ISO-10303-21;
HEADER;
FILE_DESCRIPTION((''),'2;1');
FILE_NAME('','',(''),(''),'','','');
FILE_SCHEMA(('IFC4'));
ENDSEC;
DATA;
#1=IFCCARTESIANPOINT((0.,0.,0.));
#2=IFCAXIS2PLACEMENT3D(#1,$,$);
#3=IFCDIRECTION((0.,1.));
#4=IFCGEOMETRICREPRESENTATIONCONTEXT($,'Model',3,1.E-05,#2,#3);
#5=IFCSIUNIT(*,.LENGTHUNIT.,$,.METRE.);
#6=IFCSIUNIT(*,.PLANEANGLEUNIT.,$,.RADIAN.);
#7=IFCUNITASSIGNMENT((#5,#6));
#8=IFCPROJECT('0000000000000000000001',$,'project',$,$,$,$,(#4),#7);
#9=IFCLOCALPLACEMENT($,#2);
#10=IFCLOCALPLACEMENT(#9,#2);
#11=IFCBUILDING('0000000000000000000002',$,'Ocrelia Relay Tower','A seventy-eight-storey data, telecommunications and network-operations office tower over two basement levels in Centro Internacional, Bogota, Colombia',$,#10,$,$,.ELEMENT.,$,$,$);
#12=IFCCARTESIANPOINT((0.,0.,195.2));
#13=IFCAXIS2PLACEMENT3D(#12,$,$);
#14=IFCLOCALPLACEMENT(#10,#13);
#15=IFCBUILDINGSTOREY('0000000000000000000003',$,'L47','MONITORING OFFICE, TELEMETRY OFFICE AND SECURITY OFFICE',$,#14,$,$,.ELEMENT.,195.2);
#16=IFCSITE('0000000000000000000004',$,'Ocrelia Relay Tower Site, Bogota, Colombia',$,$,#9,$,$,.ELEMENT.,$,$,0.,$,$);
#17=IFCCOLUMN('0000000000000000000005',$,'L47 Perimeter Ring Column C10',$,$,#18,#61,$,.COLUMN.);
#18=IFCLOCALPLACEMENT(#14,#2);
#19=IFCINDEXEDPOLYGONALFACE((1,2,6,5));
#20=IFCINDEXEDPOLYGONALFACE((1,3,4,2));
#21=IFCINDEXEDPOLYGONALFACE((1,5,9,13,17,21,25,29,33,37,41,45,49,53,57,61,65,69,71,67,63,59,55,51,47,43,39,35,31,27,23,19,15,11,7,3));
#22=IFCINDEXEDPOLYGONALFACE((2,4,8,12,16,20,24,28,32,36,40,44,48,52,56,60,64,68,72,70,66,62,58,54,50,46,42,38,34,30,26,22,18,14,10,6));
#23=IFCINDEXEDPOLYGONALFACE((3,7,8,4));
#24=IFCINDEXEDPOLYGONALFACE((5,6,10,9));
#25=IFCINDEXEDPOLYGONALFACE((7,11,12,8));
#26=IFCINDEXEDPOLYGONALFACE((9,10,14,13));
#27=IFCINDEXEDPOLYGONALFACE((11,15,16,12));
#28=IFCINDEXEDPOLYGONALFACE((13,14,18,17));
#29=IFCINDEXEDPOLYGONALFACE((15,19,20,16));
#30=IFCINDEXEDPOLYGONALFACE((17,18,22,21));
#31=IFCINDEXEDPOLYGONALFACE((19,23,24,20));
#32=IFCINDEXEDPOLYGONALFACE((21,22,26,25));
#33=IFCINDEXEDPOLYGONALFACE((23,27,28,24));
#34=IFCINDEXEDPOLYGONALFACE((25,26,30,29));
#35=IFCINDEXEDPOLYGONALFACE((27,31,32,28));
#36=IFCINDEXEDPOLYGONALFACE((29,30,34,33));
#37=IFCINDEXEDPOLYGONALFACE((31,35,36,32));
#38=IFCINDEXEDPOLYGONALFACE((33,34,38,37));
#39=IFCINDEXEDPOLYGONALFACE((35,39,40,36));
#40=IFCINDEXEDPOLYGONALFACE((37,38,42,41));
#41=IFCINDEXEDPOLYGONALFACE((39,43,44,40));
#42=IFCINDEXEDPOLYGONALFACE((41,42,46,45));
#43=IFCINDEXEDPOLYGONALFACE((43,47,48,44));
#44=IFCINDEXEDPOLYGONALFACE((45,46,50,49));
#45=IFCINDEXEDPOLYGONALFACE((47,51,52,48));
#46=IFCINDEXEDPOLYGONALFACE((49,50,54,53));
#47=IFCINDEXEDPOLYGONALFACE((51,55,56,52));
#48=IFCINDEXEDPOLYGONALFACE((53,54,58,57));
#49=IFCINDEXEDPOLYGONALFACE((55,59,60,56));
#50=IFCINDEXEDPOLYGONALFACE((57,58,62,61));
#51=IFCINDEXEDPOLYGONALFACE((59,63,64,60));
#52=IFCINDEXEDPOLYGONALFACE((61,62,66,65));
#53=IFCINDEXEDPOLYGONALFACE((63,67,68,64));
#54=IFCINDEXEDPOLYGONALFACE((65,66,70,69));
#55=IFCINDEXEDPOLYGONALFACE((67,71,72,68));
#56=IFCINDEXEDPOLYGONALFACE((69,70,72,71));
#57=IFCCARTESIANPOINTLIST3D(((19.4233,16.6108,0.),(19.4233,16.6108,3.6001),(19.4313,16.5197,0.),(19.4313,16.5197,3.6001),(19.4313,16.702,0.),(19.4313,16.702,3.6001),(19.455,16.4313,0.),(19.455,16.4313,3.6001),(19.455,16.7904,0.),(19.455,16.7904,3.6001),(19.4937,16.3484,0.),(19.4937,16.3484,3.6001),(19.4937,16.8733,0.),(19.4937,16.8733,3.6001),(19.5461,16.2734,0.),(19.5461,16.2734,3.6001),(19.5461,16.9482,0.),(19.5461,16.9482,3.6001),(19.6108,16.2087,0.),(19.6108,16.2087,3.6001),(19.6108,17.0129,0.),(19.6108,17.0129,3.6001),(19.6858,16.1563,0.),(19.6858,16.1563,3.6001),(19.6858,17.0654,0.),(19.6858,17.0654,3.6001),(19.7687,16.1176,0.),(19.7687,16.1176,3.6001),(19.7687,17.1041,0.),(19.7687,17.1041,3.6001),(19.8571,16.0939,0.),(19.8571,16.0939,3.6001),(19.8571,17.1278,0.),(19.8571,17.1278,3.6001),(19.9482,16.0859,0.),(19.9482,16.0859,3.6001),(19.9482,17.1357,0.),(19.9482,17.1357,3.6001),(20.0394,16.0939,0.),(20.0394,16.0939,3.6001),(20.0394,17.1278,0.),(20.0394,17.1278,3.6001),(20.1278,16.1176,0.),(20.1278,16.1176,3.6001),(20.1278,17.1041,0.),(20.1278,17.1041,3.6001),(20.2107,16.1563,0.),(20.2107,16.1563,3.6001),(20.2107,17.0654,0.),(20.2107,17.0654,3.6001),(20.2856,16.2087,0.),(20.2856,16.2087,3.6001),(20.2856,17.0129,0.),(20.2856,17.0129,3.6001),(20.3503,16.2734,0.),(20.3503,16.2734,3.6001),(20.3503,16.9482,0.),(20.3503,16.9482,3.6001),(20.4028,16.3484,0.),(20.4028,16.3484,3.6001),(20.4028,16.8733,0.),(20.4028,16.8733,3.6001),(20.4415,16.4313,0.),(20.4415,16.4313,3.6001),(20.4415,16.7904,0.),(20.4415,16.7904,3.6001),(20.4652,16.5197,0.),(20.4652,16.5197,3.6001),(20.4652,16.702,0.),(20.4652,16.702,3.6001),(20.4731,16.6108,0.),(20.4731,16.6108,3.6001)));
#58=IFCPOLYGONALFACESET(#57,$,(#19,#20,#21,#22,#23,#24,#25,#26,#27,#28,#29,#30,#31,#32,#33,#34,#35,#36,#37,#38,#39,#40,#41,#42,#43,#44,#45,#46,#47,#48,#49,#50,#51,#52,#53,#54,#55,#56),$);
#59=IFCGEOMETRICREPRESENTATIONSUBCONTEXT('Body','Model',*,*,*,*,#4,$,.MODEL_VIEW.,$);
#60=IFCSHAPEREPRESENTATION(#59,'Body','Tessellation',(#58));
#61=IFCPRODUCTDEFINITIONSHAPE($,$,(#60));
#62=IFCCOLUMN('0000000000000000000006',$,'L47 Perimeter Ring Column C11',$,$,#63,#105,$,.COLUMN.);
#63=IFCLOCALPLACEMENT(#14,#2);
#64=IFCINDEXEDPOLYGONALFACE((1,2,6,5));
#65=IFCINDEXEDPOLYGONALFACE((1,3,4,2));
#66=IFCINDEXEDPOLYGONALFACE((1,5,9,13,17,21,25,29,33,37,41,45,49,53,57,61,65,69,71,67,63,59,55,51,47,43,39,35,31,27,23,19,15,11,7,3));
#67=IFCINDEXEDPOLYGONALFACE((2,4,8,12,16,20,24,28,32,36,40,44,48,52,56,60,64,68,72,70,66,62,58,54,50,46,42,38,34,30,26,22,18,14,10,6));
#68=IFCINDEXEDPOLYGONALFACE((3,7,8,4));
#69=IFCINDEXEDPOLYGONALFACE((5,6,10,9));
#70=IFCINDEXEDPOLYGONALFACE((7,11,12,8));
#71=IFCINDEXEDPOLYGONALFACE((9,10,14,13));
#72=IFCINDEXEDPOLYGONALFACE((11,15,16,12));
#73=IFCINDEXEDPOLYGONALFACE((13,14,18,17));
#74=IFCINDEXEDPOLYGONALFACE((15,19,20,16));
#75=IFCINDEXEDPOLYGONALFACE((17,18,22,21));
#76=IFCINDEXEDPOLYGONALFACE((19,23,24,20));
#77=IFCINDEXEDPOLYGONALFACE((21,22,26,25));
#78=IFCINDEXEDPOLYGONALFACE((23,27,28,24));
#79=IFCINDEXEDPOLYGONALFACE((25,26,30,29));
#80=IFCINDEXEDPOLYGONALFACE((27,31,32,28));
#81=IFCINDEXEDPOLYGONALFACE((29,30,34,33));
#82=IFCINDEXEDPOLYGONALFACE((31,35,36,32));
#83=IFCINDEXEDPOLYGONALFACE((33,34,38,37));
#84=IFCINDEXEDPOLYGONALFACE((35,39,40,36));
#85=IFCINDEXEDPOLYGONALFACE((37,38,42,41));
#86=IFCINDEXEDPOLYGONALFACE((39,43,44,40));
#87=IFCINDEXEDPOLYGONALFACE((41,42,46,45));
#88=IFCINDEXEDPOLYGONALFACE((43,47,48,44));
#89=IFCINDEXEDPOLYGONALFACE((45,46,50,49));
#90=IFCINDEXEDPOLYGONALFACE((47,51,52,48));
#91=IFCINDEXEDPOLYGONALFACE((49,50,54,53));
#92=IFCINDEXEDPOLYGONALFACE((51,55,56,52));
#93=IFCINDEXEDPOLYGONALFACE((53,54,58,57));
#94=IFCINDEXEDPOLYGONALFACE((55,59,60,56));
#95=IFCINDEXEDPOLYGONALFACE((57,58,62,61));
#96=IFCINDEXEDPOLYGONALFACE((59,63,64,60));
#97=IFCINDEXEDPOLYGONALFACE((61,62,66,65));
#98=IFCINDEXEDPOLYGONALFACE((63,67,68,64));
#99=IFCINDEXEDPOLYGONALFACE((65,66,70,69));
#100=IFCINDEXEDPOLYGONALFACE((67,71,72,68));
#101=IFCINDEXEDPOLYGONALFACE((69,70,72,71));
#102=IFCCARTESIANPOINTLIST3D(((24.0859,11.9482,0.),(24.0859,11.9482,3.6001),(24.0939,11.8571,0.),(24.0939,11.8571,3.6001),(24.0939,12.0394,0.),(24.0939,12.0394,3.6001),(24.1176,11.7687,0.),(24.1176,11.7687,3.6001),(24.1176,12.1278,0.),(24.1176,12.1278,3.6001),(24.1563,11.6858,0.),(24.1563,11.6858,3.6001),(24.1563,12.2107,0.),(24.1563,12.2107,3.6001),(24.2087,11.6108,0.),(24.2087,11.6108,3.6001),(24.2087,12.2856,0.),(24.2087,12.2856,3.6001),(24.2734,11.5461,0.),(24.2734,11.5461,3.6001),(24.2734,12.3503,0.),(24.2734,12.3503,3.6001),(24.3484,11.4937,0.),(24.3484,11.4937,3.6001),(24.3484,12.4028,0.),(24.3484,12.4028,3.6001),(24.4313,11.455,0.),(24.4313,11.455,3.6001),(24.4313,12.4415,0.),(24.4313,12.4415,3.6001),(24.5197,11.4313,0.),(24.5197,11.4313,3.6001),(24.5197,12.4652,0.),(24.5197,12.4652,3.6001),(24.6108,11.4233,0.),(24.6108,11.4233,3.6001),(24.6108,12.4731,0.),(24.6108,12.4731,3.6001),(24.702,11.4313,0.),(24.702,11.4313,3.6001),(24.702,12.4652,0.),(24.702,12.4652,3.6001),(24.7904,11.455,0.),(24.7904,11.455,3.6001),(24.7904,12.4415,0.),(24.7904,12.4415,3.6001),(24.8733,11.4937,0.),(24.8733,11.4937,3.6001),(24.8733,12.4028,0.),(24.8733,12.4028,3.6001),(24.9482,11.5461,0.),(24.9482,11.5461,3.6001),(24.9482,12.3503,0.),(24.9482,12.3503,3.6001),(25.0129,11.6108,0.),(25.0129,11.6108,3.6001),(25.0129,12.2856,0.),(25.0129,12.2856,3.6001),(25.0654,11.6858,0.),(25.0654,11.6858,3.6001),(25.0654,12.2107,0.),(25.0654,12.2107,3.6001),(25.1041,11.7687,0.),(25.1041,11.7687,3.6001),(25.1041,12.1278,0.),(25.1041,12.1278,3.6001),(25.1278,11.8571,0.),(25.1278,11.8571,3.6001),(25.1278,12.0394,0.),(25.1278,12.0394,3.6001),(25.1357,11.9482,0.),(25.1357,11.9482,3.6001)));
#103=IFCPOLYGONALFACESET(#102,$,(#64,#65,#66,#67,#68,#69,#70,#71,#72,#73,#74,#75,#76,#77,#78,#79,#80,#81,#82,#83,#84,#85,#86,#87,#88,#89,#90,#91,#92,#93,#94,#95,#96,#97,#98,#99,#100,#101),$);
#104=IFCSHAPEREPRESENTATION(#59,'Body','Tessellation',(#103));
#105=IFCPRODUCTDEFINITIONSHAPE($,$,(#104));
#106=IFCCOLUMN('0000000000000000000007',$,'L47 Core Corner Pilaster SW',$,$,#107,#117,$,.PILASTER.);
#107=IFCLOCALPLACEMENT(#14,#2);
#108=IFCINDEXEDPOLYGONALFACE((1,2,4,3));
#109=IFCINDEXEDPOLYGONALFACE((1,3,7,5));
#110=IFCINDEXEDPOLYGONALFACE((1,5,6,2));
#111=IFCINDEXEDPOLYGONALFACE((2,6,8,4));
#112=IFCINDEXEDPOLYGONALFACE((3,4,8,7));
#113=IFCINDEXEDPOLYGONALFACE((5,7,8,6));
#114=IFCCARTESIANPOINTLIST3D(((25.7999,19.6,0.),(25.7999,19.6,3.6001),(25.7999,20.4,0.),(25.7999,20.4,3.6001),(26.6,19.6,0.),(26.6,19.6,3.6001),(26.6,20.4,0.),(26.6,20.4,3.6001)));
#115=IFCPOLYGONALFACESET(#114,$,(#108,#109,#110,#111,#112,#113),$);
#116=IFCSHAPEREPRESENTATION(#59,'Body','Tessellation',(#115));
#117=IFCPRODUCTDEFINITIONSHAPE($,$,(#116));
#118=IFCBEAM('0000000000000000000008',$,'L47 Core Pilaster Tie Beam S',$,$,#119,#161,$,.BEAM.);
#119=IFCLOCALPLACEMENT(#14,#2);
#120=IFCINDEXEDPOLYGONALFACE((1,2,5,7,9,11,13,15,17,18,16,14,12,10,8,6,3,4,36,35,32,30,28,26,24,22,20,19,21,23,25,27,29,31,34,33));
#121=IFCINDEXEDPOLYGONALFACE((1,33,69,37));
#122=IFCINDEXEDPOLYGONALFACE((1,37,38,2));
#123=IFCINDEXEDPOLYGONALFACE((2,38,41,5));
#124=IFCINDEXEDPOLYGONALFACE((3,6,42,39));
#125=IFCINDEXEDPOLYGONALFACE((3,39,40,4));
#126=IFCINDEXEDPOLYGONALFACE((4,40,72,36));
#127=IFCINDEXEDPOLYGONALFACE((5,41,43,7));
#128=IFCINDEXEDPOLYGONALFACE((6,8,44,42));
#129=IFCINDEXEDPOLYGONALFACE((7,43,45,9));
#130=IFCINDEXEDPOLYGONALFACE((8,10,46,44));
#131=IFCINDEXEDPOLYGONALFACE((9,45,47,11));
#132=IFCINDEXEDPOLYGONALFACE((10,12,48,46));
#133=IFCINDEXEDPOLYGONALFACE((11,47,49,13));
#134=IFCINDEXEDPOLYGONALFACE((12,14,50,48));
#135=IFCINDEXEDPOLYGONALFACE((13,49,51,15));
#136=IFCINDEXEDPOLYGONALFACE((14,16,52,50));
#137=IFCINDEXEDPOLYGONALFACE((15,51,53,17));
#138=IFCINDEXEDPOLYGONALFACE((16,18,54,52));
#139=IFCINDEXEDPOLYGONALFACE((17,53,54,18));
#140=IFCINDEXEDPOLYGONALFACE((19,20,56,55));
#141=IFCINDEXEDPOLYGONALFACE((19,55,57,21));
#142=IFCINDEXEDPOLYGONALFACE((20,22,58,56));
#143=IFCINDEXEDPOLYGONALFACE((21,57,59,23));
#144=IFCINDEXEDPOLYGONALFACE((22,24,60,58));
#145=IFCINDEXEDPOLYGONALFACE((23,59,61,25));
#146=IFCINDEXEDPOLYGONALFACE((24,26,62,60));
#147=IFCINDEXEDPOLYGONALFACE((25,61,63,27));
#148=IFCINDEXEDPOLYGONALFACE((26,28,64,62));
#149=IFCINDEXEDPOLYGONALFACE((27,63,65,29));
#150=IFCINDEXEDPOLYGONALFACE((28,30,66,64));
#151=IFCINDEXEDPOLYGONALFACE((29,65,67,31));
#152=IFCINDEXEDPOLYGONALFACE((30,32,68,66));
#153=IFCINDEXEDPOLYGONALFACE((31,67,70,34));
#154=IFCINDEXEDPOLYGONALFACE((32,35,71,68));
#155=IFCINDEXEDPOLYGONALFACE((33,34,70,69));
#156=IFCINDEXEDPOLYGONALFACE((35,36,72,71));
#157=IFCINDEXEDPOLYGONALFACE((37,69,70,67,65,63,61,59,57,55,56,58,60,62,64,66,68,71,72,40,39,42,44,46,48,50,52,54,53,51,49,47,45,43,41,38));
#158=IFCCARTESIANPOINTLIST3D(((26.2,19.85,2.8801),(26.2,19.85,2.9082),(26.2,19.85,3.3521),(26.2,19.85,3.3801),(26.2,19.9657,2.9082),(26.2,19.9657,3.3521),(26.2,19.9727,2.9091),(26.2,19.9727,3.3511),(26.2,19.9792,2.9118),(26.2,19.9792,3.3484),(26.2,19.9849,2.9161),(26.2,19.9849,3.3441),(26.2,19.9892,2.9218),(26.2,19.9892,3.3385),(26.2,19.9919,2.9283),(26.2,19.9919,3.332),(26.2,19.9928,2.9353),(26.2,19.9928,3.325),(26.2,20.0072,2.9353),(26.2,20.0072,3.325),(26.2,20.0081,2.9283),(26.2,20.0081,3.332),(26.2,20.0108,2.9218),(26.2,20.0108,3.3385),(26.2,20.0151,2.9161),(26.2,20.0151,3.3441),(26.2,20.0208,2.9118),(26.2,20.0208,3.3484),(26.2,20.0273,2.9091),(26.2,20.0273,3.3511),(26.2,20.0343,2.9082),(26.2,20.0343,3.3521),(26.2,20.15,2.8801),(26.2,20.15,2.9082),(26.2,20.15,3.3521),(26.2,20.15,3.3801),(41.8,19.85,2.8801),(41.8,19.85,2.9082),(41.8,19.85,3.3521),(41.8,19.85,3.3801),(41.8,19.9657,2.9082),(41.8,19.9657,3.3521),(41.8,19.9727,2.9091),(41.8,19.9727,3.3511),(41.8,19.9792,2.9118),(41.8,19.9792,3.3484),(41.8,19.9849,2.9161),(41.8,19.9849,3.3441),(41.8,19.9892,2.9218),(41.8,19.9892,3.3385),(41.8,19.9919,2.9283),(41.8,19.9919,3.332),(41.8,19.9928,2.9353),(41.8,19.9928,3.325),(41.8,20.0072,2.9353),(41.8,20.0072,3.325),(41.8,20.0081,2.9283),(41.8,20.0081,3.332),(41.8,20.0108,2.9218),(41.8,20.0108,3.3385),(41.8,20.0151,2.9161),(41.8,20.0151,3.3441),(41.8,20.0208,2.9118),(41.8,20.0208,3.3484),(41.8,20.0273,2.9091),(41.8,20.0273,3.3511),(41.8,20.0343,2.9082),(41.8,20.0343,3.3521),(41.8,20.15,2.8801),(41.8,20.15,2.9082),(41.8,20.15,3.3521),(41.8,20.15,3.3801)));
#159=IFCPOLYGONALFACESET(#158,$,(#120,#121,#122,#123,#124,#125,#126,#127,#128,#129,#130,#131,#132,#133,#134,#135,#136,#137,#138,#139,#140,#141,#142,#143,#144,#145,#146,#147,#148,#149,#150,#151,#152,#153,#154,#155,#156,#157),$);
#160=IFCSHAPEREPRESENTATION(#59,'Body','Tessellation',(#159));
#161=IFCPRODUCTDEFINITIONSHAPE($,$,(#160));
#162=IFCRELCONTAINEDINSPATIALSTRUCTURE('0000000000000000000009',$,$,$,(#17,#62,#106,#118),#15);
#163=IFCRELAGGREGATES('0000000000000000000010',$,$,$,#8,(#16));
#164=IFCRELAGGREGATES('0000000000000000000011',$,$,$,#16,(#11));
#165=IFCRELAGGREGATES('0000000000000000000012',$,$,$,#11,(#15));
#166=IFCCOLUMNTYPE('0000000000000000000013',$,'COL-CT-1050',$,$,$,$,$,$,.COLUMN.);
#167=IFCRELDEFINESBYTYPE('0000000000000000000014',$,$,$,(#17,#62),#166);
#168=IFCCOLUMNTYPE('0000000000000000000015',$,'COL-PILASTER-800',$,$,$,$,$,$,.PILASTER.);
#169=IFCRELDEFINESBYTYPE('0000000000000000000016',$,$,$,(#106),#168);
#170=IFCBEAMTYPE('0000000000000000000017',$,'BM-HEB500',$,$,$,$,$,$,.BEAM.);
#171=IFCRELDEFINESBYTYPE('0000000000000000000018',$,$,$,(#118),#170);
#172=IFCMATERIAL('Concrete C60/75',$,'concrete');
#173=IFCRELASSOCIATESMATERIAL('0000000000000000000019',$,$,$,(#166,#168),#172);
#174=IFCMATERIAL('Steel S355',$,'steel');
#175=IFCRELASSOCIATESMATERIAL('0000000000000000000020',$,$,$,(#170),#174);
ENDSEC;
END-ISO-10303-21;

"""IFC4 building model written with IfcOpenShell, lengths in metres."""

from ifc_helpers import new_model, si_unit, direction, frame, origin, origin_2d, place, context, subcontext, project, spatial, rectangle, circle, i_section, extrude, material, material_profile, profile_set, type_object, element, save


model = new_model("IFC4")

# Units and contexts
model_context = context("Model", 3, precision=1e-05, world=origin(), true_north=direction((0.0, 1.0)))
body_context = subcontext(model_context, "Body", "Model", "MODEL_VIEW")
ifc_project = project(units=[si_unit("LENGTHUNIT", "METRE"), si_unit("PLANEANGLEUNIT", "RADIAN")], contexts=[model_context])

# Site, building, storey
site_placement = place(None, origin())
site = spatial("IfcSite", under=ifc_project, at=site_placement, Name="Ocrelia Relay Tower Site, Bogota, Colombia", CompositionType="ELEMENT", RefElevation=0.0)
building_placement = place(site_placement, origin())
building = spatial("IfcBuilding", under=site, at=building_placement, Name="Ocrelia Relay Tower", Description="A seventy-eight-storey data, telecommunications and network-operations office tower over two basement levels in Centro Internacional, Bogota, Colombia", CompositionType="ELEMENT")
storey_placement = place(building_placement, frame((0.0, 0.0, 195.2)))
storey = spatial("IfcBuildingStorey", under=building, at=storey_placement, Name="L47", Description="MONITORING OFFICE, TELEMETRY OFFICE AND SECURITY OFFICE", CompositionType="ELEMENT", Elevation=195.2)

# Columns
ifc_material_1 = material(Name="Concrete C60/75", Category="concrete")
ifc_material_profile_1 = material_profile(ifc_material_1, circle(Radius=0.5249, at=origin_2d()), Name="RC-CIR-1050")
ifc_profile_set_1 = profile_set([ifc_material_profile_1], Name="Concrete C60/75")
column_type_1 = type_object("IfcColumnType", Name="COL-CT-1050", PredefinedType="COLUMN", material=ifc_profile_set_1)
for number, where, z_axis, x_axis, name in (
    (1, (19.9482, 16.6108, 0.0), (0.0, 0.0, 1.0), (1.0, 0.0, 0.0), "L47 Perimeter Ring Column C10"),
    (2, (24.6108, 11.9482, 0.0), (0.0, 0.0, 1.0), (1.0, 0.0, 0.0), "L47 Perimeter Ring Column C11"),
):
    element("IfcColumn", number, at=place(storey_placement, frame(where, z_axis=z_axis, x_axis=x_axis)), inside=storey, type_object=column_type_1, Name=name, PredefinedType="COLUMN", context=body_context, shape_type="SweptSolid", body=[
        extrude(circle(Radius=0.5249, at=origin_2d()), origin(), (0.0, 0.0, 1.0), 3.6001),
    ])
ifc_material_profile_2 = material_profile(ifc_material_1, rectangle(XDim=0.8, YDim=0.8, at=origin_2d()), Name="RC-COL-800x800")
ifc_profile_set_2 = profile_set([ifc_material_profile_2], Name="Concrete C60/75")
column_type_2 = type_object("IfcColumnType", Name="COL-PILASTER-800", PredefinedType="PILASTER", material=ifc_profile_set_2)
column_placement = place(storey_placement, frame((26.2, 20.0, 0.0), z_axis=(0.0, 0.0, 1.0), x_axis=(1.0, 0.0, 0.0)))
element("IfcColumn", 3, at=column_placement, inside=storey, type_object=column_type_2, Name="L47 Core Corner Pilaster SW", PredefinedType="PILASTER", context=body_context, shape_type="SweptSolid", body=[
    extrude(rectangle(XDim=0.8, YDim=0.8, at=origin_2d()), origin(), (0.0, 0.0, 1.0), 3.6001),
])

# Beam
ifc_material_2 = material(Name="Steel S355", Category="steel")
ifc_material_profile_3 = material_profile(ifc_material_2, i_section(OverallWidth=0.3, OverallDepth=0.5, WebThickness=0.0144, FlangeThickness=0.0281, FilletRadius=0.0271, at=origin_2d()), Name="HEB 500")
ifc_profile_set_3 = profile_set([ifc_material_profile_3], Name="Steel S355")
beam_type_1 = type_object("IfcBeamType", Name="BM-HEB500", PredefinedType="BEAM", material=ifc_profile_set_3)
beam_1_placement = place(storey_placement, frame((26.2, 20.0, 3.1301), z_axis=(1.0, 0.0, 0.0), x_axis=(0.0, 1.0, 0.0)))
element("IfcBeam", 4, at=beam_1_placement, inside=storey, type_object=beam_type_1, Name="L47 Core Pilaster Tie Beam S", PredefinedType="BEAM", context=body_context, shape_type="SweptSolid", body=[
    extrude(i_section(OverallWidth=0.3, OverallDepth=0.5, WebThickness=0.0144, FlangeThickness=0.0281, FilletRadius=0.0271, at=origin_2d()), origin(), (0.0, 0.0, 1.0), 15.6001),
])

save(model, "model.ifc")
